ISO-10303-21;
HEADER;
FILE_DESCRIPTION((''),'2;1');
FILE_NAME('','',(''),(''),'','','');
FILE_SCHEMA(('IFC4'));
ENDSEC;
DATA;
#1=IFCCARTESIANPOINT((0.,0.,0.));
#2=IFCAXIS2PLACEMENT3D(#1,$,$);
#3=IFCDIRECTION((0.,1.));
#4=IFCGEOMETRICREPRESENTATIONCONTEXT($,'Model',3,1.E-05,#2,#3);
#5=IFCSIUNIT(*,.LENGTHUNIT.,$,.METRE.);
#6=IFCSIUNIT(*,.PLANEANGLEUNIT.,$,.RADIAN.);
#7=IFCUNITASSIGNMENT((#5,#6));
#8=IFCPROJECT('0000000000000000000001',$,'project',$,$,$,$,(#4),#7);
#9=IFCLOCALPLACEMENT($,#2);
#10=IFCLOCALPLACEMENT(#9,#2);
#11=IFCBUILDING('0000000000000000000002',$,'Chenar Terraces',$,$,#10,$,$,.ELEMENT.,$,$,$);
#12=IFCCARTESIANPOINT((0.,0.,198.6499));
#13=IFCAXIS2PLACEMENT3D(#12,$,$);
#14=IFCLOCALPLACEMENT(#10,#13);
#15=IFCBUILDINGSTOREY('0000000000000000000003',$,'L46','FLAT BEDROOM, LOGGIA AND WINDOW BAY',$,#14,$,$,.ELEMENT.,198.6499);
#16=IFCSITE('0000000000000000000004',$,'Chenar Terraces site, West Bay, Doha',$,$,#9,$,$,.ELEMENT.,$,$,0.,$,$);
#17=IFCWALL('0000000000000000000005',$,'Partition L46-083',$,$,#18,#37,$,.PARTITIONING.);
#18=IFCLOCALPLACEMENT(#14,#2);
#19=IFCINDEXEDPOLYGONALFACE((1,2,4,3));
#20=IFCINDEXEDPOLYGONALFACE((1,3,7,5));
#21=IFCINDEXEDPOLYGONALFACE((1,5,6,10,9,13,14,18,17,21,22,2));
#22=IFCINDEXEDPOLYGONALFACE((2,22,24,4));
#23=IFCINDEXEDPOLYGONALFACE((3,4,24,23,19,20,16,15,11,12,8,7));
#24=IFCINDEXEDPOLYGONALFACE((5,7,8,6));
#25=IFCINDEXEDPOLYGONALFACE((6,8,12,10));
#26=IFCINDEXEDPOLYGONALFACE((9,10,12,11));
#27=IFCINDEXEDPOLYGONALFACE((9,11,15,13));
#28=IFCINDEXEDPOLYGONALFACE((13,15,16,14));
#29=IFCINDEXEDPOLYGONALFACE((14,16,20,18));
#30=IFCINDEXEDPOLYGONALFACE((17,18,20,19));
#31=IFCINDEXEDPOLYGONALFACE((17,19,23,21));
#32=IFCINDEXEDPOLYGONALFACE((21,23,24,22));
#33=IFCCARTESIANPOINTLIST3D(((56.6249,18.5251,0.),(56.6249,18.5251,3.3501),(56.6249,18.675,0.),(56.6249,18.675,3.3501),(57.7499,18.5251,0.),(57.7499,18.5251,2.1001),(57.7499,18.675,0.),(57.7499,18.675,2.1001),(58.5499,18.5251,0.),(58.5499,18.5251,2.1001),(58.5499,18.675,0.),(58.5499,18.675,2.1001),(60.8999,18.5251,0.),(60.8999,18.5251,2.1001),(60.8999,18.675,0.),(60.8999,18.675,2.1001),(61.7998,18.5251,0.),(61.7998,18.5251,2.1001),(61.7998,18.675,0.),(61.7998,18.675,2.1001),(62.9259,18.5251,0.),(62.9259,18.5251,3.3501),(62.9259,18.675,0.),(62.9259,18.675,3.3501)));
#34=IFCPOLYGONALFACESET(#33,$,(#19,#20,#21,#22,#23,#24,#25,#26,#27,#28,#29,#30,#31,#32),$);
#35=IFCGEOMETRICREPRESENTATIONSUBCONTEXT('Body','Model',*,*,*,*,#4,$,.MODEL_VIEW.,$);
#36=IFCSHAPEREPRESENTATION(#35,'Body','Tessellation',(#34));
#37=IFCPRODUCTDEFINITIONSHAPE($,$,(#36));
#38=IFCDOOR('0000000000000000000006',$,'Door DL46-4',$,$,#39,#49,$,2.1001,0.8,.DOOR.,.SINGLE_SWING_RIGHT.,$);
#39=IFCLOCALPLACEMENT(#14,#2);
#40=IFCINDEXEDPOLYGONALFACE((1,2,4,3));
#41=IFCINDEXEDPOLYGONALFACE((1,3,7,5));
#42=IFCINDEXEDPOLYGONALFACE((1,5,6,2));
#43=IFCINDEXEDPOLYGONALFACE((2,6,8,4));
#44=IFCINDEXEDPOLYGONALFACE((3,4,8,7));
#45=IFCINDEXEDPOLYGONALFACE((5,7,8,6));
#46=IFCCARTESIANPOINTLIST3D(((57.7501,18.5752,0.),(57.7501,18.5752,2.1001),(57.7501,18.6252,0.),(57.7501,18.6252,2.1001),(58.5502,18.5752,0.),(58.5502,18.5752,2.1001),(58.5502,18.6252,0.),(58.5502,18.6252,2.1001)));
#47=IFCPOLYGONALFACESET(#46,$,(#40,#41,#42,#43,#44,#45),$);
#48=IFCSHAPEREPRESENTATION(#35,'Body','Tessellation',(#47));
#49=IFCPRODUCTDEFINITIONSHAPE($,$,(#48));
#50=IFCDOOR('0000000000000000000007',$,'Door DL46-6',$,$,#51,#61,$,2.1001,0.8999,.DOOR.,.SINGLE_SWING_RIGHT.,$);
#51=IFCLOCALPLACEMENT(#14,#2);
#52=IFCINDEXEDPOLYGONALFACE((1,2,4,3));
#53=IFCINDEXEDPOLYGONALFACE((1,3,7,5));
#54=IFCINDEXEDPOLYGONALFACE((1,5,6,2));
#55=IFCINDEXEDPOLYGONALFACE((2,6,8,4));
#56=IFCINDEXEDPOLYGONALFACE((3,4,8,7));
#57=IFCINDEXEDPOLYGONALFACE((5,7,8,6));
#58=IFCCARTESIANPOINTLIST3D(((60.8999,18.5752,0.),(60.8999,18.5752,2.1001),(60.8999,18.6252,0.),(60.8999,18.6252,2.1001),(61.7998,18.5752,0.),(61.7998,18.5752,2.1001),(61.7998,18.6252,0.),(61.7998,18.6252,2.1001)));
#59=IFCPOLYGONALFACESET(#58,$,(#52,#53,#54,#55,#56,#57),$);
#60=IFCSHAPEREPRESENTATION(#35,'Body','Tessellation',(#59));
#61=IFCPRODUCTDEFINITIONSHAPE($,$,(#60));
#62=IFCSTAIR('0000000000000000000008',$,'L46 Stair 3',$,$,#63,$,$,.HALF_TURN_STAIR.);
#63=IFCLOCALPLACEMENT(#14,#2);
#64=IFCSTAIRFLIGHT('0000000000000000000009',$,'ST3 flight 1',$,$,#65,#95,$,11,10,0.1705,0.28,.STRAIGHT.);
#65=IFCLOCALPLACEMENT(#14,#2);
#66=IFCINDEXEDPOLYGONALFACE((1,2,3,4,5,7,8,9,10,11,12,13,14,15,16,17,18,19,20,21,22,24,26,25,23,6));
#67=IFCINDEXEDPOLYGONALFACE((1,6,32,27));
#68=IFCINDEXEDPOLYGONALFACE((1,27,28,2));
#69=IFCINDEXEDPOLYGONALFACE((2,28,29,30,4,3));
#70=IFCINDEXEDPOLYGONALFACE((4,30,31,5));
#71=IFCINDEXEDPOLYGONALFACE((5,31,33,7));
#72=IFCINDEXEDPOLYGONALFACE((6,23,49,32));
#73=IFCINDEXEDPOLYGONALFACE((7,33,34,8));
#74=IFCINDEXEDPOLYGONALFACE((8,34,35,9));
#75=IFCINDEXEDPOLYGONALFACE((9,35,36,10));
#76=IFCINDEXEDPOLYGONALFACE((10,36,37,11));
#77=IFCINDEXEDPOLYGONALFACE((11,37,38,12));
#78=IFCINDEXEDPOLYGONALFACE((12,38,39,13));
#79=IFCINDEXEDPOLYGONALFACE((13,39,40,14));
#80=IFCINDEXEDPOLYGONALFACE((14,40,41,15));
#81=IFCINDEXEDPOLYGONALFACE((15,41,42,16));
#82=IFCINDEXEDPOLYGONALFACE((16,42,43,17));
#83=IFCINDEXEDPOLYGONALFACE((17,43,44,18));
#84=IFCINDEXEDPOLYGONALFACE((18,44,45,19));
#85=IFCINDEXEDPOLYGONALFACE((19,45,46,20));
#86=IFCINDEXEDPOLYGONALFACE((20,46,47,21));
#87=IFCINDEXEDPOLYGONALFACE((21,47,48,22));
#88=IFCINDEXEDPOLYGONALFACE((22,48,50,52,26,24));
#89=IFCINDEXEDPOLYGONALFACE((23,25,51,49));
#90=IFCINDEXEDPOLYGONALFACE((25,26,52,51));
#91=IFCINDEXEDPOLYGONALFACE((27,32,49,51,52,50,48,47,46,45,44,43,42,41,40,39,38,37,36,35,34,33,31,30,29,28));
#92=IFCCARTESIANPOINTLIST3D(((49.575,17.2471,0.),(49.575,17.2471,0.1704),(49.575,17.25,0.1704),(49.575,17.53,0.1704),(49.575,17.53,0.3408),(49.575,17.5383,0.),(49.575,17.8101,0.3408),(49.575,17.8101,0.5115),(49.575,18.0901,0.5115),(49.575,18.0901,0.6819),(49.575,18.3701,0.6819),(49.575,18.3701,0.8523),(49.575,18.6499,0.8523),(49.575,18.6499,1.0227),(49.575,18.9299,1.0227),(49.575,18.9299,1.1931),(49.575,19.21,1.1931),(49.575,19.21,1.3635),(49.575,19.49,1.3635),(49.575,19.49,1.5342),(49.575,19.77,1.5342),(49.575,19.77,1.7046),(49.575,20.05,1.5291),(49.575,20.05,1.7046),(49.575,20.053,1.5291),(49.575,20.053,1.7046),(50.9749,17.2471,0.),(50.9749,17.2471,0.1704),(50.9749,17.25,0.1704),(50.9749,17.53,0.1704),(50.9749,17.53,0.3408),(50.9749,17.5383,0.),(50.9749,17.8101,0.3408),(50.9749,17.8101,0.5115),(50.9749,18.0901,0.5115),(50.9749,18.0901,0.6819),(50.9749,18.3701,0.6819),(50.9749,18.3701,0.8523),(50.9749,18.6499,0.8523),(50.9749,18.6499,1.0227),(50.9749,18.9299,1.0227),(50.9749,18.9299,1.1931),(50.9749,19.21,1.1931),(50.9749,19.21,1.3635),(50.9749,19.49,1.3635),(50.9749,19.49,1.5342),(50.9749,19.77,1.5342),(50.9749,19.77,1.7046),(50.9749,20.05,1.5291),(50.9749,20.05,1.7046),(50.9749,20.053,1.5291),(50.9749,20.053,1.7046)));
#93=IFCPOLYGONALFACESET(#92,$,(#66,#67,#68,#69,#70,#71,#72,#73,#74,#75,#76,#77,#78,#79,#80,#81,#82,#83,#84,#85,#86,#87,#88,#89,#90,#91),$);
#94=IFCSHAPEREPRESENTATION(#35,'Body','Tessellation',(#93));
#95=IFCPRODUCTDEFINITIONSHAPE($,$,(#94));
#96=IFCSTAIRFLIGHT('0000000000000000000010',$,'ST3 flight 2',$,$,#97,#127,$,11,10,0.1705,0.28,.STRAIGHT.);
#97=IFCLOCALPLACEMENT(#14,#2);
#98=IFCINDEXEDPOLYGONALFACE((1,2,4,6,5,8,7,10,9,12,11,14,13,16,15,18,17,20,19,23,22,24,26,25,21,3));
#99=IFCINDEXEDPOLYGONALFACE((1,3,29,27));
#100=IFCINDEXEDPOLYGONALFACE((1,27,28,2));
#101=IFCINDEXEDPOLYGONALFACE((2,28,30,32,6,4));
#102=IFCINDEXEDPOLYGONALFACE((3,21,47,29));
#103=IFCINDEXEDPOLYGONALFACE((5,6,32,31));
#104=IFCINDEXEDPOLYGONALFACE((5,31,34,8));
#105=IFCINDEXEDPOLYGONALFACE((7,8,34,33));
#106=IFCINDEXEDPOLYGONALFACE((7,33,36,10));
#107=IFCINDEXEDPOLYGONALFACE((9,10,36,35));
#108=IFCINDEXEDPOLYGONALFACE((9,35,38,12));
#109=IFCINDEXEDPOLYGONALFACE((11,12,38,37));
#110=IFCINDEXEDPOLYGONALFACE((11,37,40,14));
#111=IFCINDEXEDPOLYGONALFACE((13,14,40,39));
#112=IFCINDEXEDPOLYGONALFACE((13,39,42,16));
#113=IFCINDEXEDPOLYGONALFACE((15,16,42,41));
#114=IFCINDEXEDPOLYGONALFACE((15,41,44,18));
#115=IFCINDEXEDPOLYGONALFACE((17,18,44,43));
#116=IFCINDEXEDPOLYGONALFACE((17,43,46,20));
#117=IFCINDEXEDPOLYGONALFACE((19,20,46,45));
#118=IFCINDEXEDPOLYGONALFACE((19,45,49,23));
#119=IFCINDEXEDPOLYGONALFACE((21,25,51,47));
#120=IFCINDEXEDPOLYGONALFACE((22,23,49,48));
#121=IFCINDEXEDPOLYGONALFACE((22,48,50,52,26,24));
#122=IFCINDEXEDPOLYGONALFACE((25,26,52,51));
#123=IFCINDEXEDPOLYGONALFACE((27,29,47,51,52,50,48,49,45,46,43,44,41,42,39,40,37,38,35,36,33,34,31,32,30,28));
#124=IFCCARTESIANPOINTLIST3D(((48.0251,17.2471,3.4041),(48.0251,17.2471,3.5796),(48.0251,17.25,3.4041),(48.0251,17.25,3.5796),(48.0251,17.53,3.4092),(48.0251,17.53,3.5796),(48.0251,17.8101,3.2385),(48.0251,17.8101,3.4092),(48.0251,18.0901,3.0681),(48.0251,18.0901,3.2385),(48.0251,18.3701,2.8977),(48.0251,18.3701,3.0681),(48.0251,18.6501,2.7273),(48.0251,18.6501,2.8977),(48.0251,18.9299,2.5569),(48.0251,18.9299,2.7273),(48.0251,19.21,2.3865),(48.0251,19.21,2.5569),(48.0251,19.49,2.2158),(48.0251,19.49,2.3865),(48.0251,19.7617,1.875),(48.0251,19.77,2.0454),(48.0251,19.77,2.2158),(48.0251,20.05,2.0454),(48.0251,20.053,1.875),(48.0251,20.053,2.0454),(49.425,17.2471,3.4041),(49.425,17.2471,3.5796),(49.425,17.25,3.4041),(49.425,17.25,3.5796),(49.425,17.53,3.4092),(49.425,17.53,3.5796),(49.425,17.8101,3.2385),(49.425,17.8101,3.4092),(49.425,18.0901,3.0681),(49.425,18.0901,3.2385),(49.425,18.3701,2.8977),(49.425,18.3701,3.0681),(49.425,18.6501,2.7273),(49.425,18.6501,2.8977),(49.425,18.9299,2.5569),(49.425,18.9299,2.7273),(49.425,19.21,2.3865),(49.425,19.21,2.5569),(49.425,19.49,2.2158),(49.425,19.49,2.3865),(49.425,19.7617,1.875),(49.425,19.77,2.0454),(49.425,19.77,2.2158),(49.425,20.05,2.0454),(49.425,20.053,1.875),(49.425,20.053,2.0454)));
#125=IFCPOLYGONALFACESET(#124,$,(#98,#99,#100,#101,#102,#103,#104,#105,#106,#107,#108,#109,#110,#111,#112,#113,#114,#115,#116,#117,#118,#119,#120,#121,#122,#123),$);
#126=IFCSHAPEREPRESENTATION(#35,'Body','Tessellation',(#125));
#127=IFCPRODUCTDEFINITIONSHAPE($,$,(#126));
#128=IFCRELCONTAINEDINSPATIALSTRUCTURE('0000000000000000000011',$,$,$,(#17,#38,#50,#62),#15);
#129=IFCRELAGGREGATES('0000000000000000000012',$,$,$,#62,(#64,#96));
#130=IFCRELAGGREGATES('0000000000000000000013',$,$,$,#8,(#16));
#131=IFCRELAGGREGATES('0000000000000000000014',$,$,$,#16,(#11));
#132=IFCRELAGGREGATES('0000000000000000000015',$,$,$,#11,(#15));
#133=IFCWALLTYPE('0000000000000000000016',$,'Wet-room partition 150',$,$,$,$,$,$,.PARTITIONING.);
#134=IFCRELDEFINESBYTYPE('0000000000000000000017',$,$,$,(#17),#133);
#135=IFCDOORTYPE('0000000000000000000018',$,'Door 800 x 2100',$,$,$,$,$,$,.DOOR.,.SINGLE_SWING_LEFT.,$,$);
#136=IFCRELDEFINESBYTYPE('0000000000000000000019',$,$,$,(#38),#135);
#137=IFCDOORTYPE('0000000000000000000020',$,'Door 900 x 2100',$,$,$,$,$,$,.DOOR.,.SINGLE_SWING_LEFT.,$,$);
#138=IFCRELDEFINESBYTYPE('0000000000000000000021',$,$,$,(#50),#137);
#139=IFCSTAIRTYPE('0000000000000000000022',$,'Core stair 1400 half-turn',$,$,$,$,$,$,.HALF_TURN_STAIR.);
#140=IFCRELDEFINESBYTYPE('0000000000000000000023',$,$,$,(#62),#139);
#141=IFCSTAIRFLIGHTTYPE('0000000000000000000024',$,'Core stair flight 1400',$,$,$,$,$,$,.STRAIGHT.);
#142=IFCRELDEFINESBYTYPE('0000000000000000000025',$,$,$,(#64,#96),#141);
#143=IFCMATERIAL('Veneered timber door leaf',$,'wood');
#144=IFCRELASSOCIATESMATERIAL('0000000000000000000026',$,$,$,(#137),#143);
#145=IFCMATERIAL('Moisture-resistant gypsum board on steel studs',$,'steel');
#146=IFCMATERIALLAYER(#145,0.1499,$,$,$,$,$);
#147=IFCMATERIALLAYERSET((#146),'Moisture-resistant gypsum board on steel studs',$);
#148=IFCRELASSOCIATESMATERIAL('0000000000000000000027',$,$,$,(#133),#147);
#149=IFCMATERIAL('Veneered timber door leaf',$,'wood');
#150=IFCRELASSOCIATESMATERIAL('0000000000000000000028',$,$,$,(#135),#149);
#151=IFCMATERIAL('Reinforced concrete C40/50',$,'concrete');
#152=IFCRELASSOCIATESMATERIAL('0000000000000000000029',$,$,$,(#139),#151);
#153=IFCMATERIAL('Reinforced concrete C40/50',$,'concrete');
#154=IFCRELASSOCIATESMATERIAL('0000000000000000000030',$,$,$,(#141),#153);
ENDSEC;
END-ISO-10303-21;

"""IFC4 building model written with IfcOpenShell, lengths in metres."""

from ifc_helpers import new_model, si_unit, direction, frame, frame_2d, origin, place, context, subcontext, project, spatial, polyline, rectangle, outline, extrude, material, layer, layer_set, type_object, element, fill, aggregate, save


model = new_model("IFC4")

# Units and contexts
model_context = context("Model", 3, precision=1e-05, world=origin(), true_north=direction((0.0, 1.0)))
body_context = subcontext(model_context, "Body", "Model", "MODEL_VIEW")
ifc_project = project(units=[si_unit("LENGTHUNIT", "METRE"), si_unit("PLANEANGLEUNIT", "RADIAN")], contexts=[model_context])

# Site, building, storey
site_placement = place(None, origin())
site = spatial("IfcSite", under=ifc_project, at=site_placement, Name="Chenar Terraces site, West Bay, Doha", CompositionType="ELEMENT", RefElevation=0.0)
building_placement = place(site_placement, origin())
building = spatial("IfcBuilding", under=site, at=building_placement, Name="Chenar Terraces", CompositionType="ELEMENT")
storey_placement = place(building_placement, frame((0.0, 0.0, 198.6499)))
storey = spatial("IfcBuildingStorey", under=building, at=storey_placement, Name="L46", Description="FLAT BEDROOM, LOGGIA AND WINDOW BAY", CompositionType="ELEMENT", Elevation=198.6499)

# Shared definitions
ifc_material_1 = material(Name="Veneered timber door leaf", Category="wood")
door_type_1 = type_object("IfcDoorType", Name="Door 900 x 2100", OperationType="SINGLE_SWING_LEFT", PredefinedType="DOOR", material=ifc_material_1)

# Wall, openings, doors
ifc_material_2 = material(Name="Moisture-resistant gypsum board on steel studs", Category="steel")
ifc_layer_1 = layer(ifc_material_2, 0.1499)
ifc_layer_set_1 = layer_set([ifc_layer_1], Name="Moisture-resistant gypsum board on steel studs")
wall_type_1 = type_object("IfcWallType", Name="Wet-room partition 150", PredefinedType="PARTITIONING", material=ifc_layer_set_1)
wall_1_placement = place(storey_placement, frame((56.625, 18.6001, 0.0), z_axis=(0.0, 0.0, 1.0), x_axis=(1.0, 0.0, 0.0)))
wall_1 = element("IfcWall", 1, at=wall_1_placement, inside=storey, type_object=wall_type_1, Name="Partition L46-083", PredefinedType="PARTITIONING", context=body_context, shape_type="SweptSolid", body=[
    extrude(rectangle(XDim=6.301, YDim=0.1499, at=frame_2d((3.1504, 0.0))), origin(), (0.0, 0.0, 1.0), 3.3501),
])
opening_1_placement = place(wall_1_placement, frame((1.125, 0.0, 0.0)))
opening_1 = element("IfcOpeningElement", 2, at=opening_1_placement, cuts=wall_1, PredefinedType="OPENING", context=body_context, shape_type="SweptSolid", body=[
    extrude(rectangle(XDim=0.8, YDim=2.1001, at=frame_2d((0.3999, 1.05))), frame((0.0, 0.085, 0.0), z_axis=(0.0, -1.0, 0.0), x_axis=(1.0, 0.0, 0.0)), (0.0, 0.0, 1.0), 0.1699),
])
opening_2_placement = place(wall_1_placement, frame((4.2749, 0.0, 0.0)))
opening_2 = element("IfcOpeningElement", 3, at=opening_2_placement, cuts=wall_1, PredefinedType="OPENING", context=body_context, shape_type="SweptSolid", body=[
    extrude(rectangle(XDim=0.8999, YDim=2.1001, at=frame_2d((0.45, 1.05))), frame((0.0, 0.085, 0.0), z_axis=(0.0, -1.0, 0.0), x_axis=(1.0, 0.0, 0.0)), (0.0, 0.0, 1.0), 0.1699),
])
ifc_material_3 = material(Name="Veneered timber door leaf", Category="wood")
door_type_2 = type_object("IfcDoorType", Name="Door 800 x 2100", OperationType="SINGLE_SWING_LEFT", PredefinedType="DOOR", material=ifc_material_3)
door_1_placement = place(opening_1_placement, frame((0.8, 0.0, 0.0), z_axis=(0.0, 0.0, 1.0), x_axis=(-1.0, 0.0, 0.0)))
door_1 = element("IfcDoor", 4, at=door_1_placement, inside=storey, type_object=door_type_2, Name="Door DL46-4", OperationType="SINGLE_SWING_RIGHT", OverallHeight=2.1001, OverallWidth=0.8, PredefinedType="DOOR", context=body_context, shape_type="SweptSolid", body=[
    extrude(rectangle(XDim=0.8, YDim=2.1001, at=frame_2d((0.3999, 1.05))), frame((0.0, 0.0249, 0.0), z_axis=(0.0, -1.0, 0.0), x_axis=(1.0, 0.0, 0.0)), (0.0, 0.0, 1.0), 0.05),
])
fill(opening_1, door_1)
door_2_placement = place(opening_2_placement, frame((0.8999, 0.0, 0.0), z_axis=(0.0, 0.0, 1.0), x_axis=(-1.0, 0.0, 0.0)))
door_2 = element("IfcDoor", 5, at=door_2_placement, inside=storey, type_object=door_type_1, Name="Door DL46-6", OperationType="SINGLE_SWING_RIGHT", OverallHeight=2.1001, OverallWidth=0.8999, PredefinedType="DOOR", context=body_context, shape_type="SweptSolid", body=[
    extrude(rectangle(XDim=0.8999, YDim=2.1001, at=frame_2d((0.45, 1.05))), frame((0.0, 0.0249, 0.0), z_axis=(0.0, -1.0, 0.0), x_axis=(1.0, 0.0, 0.0)), (0.0, 0.0, 1.0), 0.05),
])
fill(opening_2, door_2)

# Stair, stair flights
ifc_material_4 = material(Name="Reinforced concrete C40/50", Category="concrete")
stair_type = type_object("IfcStairType", Name="Core stair 1400 half-turn", PredefinedType="HALF_TURN_STAIR", material=ifc_material_4)
stair_placement = place(storey_placement, origin())
stair = element("IfcStair", 6, at=stair_placement, inside=storey, type_object=stair_type, Name="L46 Stair 3", PredefinedType="HALF_TURN_STAIR")
ifc_material_5 = material(Name="Reinforced concrete C40/50", Category="concrete")
stair_flight_type = type_object("IfcStairFlightType", Name="Core stair flight 1400", PredefinedType="STRAIGHT", material=ifc_material_5)
stair_flight_1_placement = place(storey_placement, frame((50.2749, 17.25, 0.0), z_axis=(0.0, 0.0, 1.0), x_axis=(0.0, 1.0, 0.0)))
stair_flight_1 = element("IfcStairFlight", 7, at=stair_flight_1_placement, type_object=stair_flight_type, Name="ST3 flight 1", NumberOfRisers=11, NumberOfTreads=10, PredefinedType="STRAIGHT", RiserHeight=0.1705, TreadLength=0.28, context=body_context, shape_type="SweptSolid", body=[
    extrude(outline(polyline([(-0.0029, 0.0), (-0.0029, 0.1704), (0.0, 0.1704), (0.28, 0.1704), (0.28, 0.3408), (0.5601, 0.3408), (0.5601, 0.5115), (0.8401, 0.5115), (0.8401, 0.6819), (1.1201, 0.6819), (1.1201, 0.8523), (1.3999, 0.8523), (1.3999, 1.0227), (1.6799, 1.0227), (1.6799, 1.1931), (1.96, 1.1931), (1.96, 1.3635), (2.24, 1.3635), (2.24, 1.5342), (2.52, 1.5342), (2.52, 1.7046), (2.8, 1.7046), (2.803, 1.7046), (2.803, 1.5291), (2.8, 1.5291), (0.2883, 0.0), (-0.0029, 0.0)])), frame((0.0, 0.7, 0.0), z_axis=(0.0, -1.0, 0.0), x_axis=(1.0, 0.0, 0.0)), (0.0, 0.0, 1.0), 1.3999),
])
stair_flight_2_placement = place(storey_placement, frame((48.7251, 20.05, 1.875), z_axis=(0.0, 0.0, 1.0), x_axis=(0.0, -1.0, 0.0)))
stair_flight_2 = element("IfcStairFlight", 8, at=stair_flight_2_placement, type_object=stair_flight_type, Name="ST3 flight 2", NumberOfRisers=11, NumberOfTreads=10, PredefinedType="STRAIGHT", RiserHeight=0.1705, TreadLength=0.28, context=body_context, shape_type="SweptSolid", body=[
    extrude(outline(polyline([(-0.0029, 0.0), (-0.0029, 0.1704), (0.0, 0.1704), (0.28, 0.1704), (0.28, 0.3408), (0.5601, 0.3408), (0.5601, 0.5115), (0.8401, 0.5115), (0.8401, 0.6819), (1.1201, 0.6819), (1.1201, 0.8523), (1.3999, 0.8523), (1.3999, 1.0227), (1.6799, 1.0227), (1.6799, 1.1931), (1.96, 1.1931), (1.96, 1.3635), (2.24, 1.3635), (2.24, 1.5342), (2.52, 1.5342), (2.52, 1.7046), (2.8, 1.7046), (2.803, 1.7046), (2.803, 1.5291), (2.8, 1.5291), (0.2883, 0.0), (-0.0029, 0.0)])), frame((0.0, 0.7, 0.0), z_axis=(0.0, -1.0, 0.0), x_axis=(1.0, 0.0, 0.0)), (0.0, 0.0, 1.0), 1.3999),
])
aggregate(stair, [stair_flight_1, stair_flight_2])

save(model, "model.ifc")
